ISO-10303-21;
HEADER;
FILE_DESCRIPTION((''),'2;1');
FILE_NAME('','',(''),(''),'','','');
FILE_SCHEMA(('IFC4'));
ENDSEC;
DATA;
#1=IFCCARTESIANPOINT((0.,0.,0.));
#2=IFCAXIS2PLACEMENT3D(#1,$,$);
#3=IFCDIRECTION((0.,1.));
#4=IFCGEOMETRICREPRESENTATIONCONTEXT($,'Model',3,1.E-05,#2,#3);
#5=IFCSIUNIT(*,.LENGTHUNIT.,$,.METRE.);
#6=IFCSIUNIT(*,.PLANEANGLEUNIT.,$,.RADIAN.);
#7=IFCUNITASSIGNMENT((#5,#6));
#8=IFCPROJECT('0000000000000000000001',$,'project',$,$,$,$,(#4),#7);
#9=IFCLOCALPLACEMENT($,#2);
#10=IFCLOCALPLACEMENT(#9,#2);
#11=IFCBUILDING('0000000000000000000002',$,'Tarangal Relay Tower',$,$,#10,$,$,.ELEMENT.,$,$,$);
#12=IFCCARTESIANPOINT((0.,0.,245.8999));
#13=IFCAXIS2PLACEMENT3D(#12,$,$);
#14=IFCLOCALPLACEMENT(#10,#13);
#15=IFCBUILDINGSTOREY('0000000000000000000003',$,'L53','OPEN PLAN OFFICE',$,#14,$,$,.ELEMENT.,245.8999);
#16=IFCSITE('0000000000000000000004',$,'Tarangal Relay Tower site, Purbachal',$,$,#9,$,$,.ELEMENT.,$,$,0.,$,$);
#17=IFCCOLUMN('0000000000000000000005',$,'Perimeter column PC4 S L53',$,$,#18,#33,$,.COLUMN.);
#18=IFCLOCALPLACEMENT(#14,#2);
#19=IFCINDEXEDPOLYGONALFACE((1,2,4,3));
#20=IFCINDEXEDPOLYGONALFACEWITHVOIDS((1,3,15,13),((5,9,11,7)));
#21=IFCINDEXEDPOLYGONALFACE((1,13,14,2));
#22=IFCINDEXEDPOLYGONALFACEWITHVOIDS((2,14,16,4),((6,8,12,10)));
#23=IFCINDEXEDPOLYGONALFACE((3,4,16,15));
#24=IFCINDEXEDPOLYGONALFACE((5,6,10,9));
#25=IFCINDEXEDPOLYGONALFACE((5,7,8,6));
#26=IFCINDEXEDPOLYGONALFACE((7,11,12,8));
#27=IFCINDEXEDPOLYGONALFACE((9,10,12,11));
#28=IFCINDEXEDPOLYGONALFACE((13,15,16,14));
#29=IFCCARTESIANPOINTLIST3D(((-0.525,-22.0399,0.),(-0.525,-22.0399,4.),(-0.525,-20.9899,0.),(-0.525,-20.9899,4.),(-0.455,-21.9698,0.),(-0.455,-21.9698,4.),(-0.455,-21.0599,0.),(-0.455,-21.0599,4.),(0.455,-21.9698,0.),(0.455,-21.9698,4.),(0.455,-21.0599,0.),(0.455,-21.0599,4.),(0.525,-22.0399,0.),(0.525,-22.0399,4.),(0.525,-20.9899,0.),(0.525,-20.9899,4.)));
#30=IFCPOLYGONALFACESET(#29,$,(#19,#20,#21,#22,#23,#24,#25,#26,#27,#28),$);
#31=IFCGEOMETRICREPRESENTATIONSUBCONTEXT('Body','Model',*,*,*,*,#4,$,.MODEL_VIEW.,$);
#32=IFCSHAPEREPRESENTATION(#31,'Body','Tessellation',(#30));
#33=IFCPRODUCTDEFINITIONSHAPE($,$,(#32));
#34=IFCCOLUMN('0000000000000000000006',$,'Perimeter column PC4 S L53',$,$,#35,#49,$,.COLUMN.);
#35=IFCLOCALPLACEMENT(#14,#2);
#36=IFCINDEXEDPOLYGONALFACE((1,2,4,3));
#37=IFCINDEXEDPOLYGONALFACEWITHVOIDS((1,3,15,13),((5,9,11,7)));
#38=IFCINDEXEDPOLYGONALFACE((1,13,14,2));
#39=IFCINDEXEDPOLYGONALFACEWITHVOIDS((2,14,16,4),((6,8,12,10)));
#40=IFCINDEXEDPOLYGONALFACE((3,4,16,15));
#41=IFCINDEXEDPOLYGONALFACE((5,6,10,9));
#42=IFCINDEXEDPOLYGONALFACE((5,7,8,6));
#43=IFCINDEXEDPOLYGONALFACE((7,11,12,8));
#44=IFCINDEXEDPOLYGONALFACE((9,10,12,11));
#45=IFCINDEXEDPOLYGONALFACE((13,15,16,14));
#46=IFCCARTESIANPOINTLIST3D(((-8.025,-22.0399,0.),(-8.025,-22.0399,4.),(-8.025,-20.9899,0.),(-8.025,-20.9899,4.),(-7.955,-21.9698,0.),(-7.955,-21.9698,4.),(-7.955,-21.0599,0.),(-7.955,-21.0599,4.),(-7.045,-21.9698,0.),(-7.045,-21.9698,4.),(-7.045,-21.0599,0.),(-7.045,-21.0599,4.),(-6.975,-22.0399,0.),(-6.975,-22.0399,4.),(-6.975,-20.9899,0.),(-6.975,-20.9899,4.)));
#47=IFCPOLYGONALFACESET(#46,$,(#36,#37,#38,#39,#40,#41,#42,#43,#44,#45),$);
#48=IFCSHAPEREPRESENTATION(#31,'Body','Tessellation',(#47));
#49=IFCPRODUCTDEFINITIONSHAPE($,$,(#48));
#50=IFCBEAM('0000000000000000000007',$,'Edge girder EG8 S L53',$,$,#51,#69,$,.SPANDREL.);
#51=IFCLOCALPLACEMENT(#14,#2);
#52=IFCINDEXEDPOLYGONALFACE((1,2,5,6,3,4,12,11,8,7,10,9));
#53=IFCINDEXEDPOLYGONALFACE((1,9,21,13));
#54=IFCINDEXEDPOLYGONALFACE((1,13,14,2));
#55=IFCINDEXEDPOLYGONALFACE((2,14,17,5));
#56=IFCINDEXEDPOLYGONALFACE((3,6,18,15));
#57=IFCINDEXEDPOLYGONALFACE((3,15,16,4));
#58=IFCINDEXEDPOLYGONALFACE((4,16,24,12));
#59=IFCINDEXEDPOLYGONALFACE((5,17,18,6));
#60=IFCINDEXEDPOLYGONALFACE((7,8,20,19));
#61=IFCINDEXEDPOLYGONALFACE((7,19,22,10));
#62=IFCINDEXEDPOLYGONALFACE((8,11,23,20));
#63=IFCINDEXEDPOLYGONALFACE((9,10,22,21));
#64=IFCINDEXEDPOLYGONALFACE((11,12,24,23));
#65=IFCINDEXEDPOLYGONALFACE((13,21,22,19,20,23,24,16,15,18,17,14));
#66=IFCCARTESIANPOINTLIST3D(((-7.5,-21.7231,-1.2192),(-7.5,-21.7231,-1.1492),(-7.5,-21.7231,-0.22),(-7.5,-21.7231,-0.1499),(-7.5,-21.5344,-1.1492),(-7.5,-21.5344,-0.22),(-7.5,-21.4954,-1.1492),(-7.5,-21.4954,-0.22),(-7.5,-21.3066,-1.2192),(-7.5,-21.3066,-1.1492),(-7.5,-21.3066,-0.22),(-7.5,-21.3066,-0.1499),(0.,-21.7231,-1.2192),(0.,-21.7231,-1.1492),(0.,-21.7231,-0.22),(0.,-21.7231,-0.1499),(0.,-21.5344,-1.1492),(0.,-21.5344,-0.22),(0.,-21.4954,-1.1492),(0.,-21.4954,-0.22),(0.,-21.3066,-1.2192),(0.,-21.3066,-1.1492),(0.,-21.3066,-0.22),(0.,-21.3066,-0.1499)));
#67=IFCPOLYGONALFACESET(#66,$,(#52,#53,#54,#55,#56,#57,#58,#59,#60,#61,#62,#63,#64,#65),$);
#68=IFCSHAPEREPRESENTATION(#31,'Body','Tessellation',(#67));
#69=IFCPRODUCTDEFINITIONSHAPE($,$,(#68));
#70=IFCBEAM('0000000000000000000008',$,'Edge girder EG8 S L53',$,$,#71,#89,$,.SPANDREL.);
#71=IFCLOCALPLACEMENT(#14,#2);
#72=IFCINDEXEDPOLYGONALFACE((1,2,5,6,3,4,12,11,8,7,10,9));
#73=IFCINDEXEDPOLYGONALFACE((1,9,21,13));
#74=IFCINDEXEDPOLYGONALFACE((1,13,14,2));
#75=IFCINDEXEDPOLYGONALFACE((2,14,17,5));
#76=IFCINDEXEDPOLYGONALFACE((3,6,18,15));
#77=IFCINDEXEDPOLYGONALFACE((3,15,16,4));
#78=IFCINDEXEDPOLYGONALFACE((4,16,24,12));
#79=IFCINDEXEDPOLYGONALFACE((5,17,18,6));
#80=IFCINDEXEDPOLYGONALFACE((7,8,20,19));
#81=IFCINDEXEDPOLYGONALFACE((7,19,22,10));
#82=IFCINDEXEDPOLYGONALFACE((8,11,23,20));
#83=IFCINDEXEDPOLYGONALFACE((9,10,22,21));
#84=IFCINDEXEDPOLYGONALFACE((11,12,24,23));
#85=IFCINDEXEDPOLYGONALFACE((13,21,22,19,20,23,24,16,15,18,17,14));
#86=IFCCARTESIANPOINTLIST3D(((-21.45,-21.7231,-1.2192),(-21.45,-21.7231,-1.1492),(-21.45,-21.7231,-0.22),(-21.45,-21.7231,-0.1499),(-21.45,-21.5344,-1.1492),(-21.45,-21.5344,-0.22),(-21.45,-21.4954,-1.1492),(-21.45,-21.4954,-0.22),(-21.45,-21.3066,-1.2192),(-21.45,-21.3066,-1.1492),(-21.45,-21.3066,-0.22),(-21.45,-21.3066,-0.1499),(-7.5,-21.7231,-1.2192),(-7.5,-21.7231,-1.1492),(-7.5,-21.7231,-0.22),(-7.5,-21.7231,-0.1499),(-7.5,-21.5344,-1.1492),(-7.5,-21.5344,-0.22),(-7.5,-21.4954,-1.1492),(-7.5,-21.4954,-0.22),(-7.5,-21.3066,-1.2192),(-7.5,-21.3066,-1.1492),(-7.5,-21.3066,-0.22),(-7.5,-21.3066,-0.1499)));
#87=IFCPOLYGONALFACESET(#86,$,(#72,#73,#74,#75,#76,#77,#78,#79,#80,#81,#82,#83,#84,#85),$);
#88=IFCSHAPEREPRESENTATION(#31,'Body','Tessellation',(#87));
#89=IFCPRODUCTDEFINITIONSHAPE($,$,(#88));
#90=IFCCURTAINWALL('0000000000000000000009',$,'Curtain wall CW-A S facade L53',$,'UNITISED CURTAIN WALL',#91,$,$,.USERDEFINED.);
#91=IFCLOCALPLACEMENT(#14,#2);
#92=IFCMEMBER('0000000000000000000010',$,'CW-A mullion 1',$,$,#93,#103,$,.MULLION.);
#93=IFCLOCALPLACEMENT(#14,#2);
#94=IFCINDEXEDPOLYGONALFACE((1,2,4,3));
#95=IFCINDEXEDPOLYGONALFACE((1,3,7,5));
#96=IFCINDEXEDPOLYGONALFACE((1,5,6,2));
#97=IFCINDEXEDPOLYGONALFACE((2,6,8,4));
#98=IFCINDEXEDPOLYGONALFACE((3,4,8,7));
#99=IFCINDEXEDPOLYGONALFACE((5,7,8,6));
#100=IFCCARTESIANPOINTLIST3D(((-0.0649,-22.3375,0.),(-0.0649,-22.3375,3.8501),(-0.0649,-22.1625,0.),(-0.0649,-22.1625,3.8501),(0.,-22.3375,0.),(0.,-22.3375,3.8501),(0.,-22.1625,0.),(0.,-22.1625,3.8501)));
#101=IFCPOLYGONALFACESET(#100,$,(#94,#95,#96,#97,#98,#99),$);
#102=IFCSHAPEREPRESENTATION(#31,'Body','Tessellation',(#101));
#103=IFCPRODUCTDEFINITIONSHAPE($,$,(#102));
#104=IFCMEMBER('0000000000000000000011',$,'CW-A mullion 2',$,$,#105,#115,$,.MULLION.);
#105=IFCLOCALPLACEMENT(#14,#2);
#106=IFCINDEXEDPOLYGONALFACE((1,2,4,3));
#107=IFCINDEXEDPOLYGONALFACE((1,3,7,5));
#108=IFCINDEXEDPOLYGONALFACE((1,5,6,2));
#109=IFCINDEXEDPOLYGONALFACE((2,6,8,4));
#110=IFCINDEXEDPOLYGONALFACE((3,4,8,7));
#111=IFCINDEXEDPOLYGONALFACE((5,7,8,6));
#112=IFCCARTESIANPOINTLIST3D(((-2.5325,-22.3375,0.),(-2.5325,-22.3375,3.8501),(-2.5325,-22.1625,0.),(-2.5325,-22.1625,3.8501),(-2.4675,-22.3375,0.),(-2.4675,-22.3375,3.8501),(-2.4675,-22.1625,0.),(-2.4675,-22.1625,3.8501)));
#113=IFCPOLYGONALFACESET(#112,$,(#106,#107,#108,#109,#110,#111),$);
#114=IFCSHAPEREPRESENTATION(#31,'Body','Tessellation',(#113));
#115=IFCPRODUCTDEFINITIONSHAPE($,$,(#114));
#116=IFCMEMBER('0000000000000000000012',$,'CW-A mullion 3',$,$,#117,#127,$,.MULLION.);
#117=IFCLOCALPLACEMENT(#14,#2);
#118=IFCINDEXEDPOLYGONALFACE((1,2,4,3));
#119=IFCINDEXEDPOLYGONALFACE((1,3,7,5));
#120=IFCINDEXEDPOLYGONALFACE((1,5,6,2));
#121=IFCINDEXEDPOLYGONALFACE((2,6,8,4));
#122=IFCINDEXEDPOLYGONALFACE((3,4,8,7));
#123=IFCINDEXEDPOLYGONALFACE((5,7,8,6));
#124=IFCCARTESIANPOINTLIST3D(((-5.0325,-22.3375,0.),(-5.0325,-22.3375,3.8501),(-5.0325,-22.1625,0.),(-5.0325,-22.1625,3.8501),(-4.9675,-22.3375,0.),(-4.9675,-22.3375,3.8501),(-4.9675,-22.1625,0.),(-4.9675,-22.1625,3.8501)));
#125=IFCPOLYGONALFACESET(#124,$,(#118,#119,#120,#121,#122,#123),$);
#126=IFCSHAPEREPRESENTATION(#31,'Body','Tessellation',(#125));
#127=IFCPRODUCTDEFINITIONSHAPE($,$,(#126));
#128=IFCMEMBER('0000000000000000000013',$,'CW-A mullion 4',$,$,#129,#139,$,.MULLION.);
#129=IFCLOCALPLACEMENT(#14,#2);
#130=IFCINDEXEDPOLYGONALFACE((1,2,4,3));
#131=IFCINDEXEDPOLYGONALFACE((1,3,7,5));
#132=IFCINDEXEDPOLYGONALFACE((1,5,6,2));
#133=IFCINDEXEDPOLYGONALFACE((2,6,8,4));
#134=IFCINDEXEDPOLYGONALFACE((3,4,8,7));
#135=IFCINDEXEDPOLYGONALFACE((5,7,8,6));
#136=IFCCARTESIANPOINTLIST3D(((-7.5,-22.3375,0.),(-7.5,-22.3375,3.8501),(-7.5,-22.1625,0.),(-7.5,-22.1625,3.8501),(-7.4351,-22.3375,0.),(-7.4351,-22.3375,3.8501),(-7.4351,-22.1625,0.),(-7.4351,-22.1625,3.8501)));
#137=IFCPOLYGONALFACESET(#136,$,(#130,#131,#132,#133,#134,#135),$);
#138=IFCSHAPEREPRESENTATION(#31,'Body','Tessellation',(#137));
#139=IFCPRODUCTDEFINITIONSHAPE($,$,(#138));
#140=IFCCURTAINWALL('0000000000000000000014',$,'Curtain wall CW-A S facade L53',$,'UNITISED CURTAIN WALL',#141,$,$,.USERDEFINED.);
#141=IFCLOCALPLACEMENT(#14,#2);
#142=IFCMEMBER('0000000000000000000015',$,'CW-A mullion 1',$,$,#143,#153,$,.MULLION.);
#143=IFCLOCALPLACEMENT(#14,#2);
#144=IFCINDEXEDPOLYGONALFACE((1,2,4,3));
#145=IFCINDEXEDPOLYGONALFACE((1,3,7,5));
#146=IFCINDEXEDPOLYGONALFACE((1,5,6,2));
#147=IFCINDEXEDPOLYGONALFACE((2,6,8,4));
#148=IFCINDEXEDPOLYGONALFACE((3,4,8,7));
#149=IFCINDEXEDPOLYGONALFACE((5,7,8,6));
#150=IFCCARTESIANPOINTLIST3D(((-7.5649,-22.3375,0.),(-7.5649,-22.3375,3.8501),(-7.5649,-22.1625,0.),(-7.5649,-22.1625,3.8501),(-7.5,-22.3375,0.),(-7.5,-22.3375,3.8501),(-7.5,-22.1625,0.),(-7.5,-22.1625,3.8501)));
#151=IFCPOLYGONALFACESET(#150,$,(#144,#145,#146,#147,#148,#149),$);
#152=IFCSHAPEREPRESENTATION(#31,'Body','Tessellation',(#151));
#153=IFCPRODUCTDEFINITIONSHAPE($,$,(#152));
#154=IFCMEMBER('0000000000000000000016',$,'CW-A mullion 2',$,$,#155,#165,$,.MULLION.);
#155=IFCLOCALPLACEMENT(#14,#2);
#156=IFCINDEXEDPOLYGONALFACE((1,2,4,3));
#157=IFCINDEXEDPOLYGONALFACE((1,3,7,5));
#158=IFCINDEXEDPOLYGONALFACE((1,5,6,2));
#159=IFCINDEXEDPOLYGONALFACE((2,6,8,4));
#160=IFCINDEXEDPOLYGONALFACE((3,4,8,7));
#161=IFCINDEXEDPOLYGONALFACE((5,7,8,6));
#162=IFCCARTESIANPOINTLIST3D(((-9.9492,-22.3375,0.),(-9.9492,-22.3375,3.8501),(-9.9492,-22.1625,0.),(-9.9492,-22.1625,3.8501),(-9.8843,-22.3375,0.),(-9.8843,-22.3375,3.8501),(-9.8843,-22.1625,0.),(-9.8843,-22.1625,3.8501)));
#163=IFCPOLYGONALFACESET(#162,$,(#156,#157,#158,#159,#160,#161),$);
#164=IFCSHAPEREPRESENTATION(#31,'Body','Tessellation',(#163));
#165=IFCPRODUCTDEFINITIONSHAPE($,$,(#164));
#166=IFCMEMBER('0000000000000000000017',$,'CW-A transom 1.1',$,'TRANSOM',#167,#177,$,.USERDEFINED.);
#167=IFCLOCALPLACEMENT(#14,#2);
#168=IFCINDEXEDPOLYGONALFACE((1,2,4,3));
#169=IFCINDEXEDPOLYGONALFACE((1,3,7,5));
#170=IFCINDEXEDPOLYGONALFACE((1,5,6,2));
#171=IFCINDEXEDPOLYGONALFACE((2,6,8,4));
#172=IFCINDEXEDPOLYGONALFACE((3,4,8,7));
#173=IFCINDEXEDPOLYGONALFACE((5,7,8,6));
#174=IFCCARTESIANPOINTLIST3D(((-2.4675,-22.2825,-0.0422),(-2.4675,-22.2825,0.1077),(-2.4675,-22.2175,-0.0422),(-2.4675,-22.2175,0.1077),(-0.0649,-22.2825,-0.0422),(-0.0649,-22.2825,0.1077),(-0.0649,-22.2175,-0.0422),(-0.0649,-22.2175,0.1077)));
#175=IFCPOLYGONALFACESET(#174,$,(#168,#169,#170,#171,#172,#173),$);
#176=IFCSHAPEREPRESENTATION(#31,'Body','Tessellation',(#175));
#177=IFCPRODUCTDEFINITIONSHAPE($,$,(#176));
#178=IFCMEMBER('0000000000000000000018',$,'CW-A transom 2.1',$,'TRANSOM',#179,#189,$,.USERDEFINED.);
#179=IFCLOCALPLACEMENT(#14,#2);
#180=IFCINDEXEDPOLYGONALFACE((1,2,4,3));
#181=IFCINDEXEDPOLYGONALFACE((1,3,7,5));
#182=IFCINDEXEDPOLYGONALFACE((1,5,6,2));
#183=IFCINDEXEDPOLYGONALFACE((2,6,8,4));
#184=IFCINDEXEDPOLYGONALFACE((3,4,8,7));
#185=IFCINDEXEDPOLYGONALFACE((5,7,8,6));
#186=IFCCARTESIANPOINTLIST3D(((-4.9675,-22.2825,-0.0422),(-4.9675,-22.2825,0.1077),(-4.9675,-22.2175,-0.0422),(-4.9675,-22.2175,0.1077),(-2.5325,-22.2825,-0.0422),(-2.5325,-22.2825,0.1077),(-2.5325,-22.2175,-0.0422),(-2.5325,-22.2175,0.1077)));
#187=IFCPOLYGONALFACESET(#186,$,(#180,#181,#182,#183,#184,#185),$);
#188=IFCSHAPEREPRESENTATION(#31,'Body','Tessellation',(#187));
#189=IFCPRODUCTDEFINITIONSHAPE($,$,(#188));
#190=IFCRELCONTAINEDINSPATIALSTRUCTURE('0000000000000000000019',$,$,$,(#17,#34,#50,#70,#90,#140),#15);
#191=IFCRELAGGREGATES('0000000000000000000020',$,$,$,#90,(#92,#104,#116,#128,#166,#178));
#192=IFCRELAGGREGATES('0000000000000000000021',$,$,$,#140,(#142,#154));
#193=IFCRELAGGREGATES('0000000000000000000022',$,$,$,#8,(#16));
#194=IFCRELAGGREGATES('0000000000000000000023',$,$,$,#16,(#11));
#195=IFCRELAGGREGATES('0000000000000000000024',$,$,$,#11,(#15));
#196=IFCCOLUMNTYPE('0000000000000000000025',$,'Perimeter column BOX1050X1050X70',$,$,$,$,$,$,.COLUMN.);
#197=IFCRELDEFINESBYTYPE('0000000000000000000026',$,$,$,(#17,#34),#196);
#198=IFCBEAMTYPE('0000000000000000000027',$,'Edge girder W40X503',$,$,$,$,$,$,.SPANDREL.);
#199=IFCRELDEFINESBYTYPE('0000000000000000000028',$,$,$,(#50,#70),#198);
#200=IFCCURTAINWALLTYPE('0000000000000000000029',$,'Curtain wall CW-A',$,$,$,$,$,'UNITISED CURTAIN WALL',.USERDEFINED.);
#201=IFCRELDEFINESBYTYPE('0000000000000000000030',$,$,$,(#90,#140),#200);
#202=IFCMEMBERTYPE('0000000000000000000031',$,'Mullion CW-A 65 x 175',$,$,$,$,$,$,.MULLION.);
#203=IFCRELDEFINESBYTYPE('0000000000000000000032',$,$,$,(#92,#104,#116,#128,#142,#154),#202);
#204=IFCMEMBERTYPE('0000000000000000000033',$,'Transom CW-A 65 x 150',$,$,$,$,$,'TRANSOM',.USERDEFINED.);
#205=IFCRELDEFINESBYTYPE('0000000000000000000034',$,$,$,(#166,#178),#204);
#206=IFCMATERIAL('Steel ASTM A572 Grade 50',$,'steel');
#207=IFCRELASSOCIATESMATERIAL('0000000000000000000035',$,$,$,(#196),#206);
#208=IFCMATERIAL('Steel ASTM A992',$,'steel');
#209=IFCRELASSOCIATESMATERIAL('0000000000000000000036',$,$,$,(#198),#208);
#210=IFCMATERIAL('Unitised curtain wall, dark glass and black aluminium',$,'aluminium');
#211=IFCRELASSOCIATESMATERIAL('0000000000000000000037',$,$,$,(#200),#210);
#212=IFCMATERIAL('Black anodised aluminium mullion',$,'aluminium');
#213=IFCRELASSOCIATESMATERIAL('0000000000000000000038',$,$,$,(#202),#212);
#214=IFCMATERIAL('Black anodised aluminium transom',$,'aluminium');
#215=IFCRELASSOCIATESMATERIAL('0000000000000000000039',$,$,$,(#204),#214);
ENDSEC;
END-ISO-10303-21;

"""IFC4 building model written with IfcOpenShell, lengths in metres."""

from ifc_helpers import new_model, si_unit, direction, frame, origin, origin_2d, place, context, subcontext, project, spatial, rectangle, hollow_rectangle, i_section, extrude, material, material_profile, profile_set, type_object, element, aggregate, save


model = new_model("IFC4")

# Units and contexts
model_context = context("Model", 3, precision=1e-05, world=origin(), true_north=direction((0.0, 1.0)))
body_context = subcontext(model_context, "Body", "Model", "MODEL_VIEW")
ifc_project = project(units=[si_unit("LENGTHUNIT", "METRE"), si_unit("PLANEANGLEUNIT", "RADIAN")], contexts=[model_context])

# Site, building, storey
site_placement = place(None, origin())
site = spatial("IfcSite", under=ifc_project, at=site_placement, Name="Tarangal Relay Tower site, Purbachal", CompositionType="ELEMENT", RefElevation=0.0)
building_placement = place(site_placement, origin())
building = spatial("IfcBuilding", under=site, at=building_placement, Name="Tarangal Relay Tower", CompositionType="ELEMENT")
storey_placement = place(building_placement, frame((0.0, 0.0, 245.8999)))
storey = spatial("IfcBuildingStorey", under=building, at=storey_placement, Name="L53", Description="OPEN PLAN OFFICE", CompositionType="ELEMENT", Elevation=245.8999)

# Columns
ifc_material_1 = material(Name="Steel ASTM A572 Grade 50", Category="steel")
ifc_material_profile_1 = material_profile(ifc_material_1, hollow_rectangle(XDim=1.05, YDim=1.05, WallThickness=0.0701, at=origin_2d()), Name="BOX1050X1050X70")
ifc_profile_set_1 = profile_set([ifc_material_profile_1], Name="Steel ASTM A572 Grade 50")
column_type = type_object("IfcColumnType", Name="Perimeter column BOX1050X1050X70", PredefinedType="COLUMN", material=ifc_profile_set_1)
for number, where, z_axis, x_axis, name in (
    (1, (0.0, -21.5149, 0.0), (0.0, 0.0, 1.0), (1.0, 0.0, 0.0), "Perimeter column PC4 S L53"),
    (2, (-7.5, -21.5149, 0.0), (0.0, 0.0, 1.0), (1.0, 0.0, 0.0), "Perimeter column PC4 S L53"),
):
    element("IfcColumn", number, at=place(storey_placement, frame(where, z_axis=z_axis, x_axis=x_axis)), inside=storey, type_object=column_type, Name=name, PredefinedType="COLUMN", context=body_context, shape_type="SweptSolid", body=[
        extrude(hollow_rectangle(XDim=1.05, YDim=1.05, WallThickness=0.0701, at=origin_2d()), origin(), (0.0, 0.0, 1.0), 4.0),
    ])

# Beams
ifc_material_2 = material(Name="Steel ASTM A992", Category="steel")
ifc_material_profile_2 = material_profile(ifc_material_2, i_section(OverallWidth=0.4165, OverallDepth=1.0693, WebThickness=0.0391, FlangeThickness=0.0701, at=origin_2d()), Name="W40X503")
ifc_profile_set_2 = profile_set([ifc_material_profile_2], Name="Steel ASTM A992")
beam_type = type_object("IfcBeamType", Name="Edge girder W40X503", PredefinedType="SPANDREL", material=ifc_profile_set_2)
beam_1_placement = place(storey_placement, frame((0.0, -21.5149, -0.6846), z_axis=(-1.0, 0.0, 0.0), x_axis=(0.0, -1.0, 0.0)))
element("IfcBeam", 3, at=beam_1_placement, inside=storey, type_object=beam_type, Name="Edge girder EG8 S L53", PredefinedType="SPANDREL", context=body_context, shape_type="SweptSolid", body=[
    extrude(i_section(OverallWidth=0.4165, OverallDepth=1.0693, WebThickness=0.0391, FlangeThickness=0.0701, at=origin_2d()), origin(), (0.0, 0.0, 1.0), 7.5),
])
beam_2_placement = place(storey_placement, frame((-7.5, -21.5149, -0.6846), z_axis=(-1.0, 0.0, 0.0), x_axis=(0.0, -1.0, 0.0)))
element("IfcBeam", 4, at=beam_2_placement, inside=storey, type_object=beam_type, Name="Edge girder EG8 S L53", PredefinedType="SPANDREL", context=body_context, shape_type="SweptSolid", body=[
    extrude(i_section(OverallWidth=0.4165, OverallDepth=1.0693, WebThickness=0.0391, FlangeThickness=0.0701, at=origin_2d()), origin(), (0.0, 0.0, 1.0), 13.95),
])

# Curtain walls, members
ifc_material_3 = material(Name="Unitised curtain wall, dark glass and black aluminium", Category="aluminium")
curtain_wall_type = type_object("IfcCurtainWallType", Name="Curtain wall CW-A", ElementType="UNITISED CURTAIN WALL", PredefinedType="USERDEFINED", material=ifc_material_3)
curtain_wall_1_placement = place(storey_placement, origin())
curtain_wall_1 = element("IfcCurtainWall", 5, at=curtain_wall_1_placement, inside=storey, type_object=curtain_wall_type, Name="Curtain wall CW-A S facade L53", ObjectType="UNITISED CURTAIN WALL", PredefinedType="USERDEFINED")
ifc_material_4 = material(Name="Black anodised aluminium mullion", Category="aluminium")
ifc_material_profile_3 = material_profile(ifc_material_4, rectangle(XDim=0.175, YDim=0.0649, at=origin_2d()), Name="CW-AM 65X175")
ifc_profile_set_3 = profile_set([ifc_material_profile_3], Name="Black anodised aluminium mullion")
member_type_1 = type_object("IfcMemberType", Name="Mullion CW-A 65 x 175", PredefinedType="MULLION", material=ifc_profile_set_3)
member_1_placement = place(storey_placement, frame((-0.0325, -22.25, 0.0), z_axis=(0.0, 0.0, 1.0), x_axis=(0.0, -1.0, 0.0)))
member_1 = element("IfcMember", 6, at=member_1_placement, type_object=member_type_1, Name="CW-A mullion 1", PredefinedType="MULLION", context=body_context, shape_type="SweptSolid", body=[
    extrude(rectangle(XDim=0.175, YDim=0.0649, at=origin_2d()), origin(), (0.0, 0.0, 1.0), 3.8501),
])
member_2_placement = place(storey_placement, frame((-2.5, -22.25, 0.0), z_axis=(0.0, 0.0, 1.0), x_axis=(0.0, -1.0, 0.0)))
member_2 = element("IfcMember", 7, at=member_2_placement, type_object=member_type_1, Name="CW-A mullion 2", PredefinedType="MULLION", context=body_context, shape_type="SweptSolid", body=[
    extrude(rectangle(XDim=0.175, YDim=0.0649, at=origin_2d()), origin(), (0.0, 0.0, 1.0), 3.8501),
])
member_3_placement = place(storey_placement, frame((-5.0, -22.25, 0.0), z_axis=(0.0, 0.0, 1.0), x_axis=(0.0, -1.0, 0.0)))
member_3 = element("IfcMember", 8, at=member_3_placement, type_object=member_type_1, Name="CW-A mullion 3", PredefinedType="MULLION", context=body_context, shape_type="SweptSolid", body=[
    extrude(rectangle(XDim=0.175, YDim=0.0649, at=origin_2d()), origin(), (0.0, 0.0, 1.0), 3.8501),
])
member_4_placement = place(storey_placement, frame((-7.4675, -22.25, 0.0), z_axis=(0.0, 0.0, 1.0), x_axis=(0.0, -1.0, 0.0)))
member_4 = element("IfcMember", 9, at=member_4_placement, type_object=member_type_1, Name="CW-A mullion 4", PredefinedType="MULLION", context=body_context, shape_type="SweptSolid", body=[
    extrude(rectangle(XDim=0.175, YDim=0.0649, at=origin_2d()), origin(), (0.0, 0.0, 1.0), 3.8501),
])
curtain_wall_2_placement = place(storey_placement, origin())
curtain_wall_2 = element("IfcCurtainWall", 10, at=curtain_wall_2_placement, inside=storey, type_object=curtain_wall_type, Name="Curtain wall CW-A S facade L53", ObjectType="UNITISED CURTAIN WALL", PredefinedType="USERDEFINED")
member_5_placement = place(storey_placement, frame((-7.5325, -22.25, 0.0), z_axis=(0.0, 0.0, 1.0), x_axis=(0.0, -1.0, 0.0)))
member_5 = element("IfcMember", 11, at=member_5_placement, type_object=member_type_1, Name="CW-A mullion 1", PredefinedType="MULLION", context=body_context, shape_type="SweptSolid", body=[
    extrude(rectangle(XDim=0.175, YDim=0.0649, at=origin_2d()), origin(), (0.0, 0.0, 1.0), 3.8501),
])
member_6_placement = place(storey_placement, frame((-9.9167, -22.25, 0.0), z_axis=(0.0, 0.0, 1.0), x_axis=(0.0, -1.0, 0.0)))
member_6 = element("IfcMember", 12, at=member_6_placement, type_object=member_type_1, Name="CW-A mullion 2", PredefinedType="MULLION", context=body_context, shape_type="SweptSolid", body=[
    extrude(rectangle(XDim=0.175, YDim=0.0649, at=origin_2d()), origin(), (0.0, 0.0, 1.0), 3.8501),
])

# Members
ifc_material_5 = material(Name="Black anodised aluminium transom", Category="aluminium")
ifc_material_profile_4 = material_profile(ifc_material_5, rectangle(XDim=0.0649, YDim=0.1499, at=origin_2d()), Name="CW-AT 65X150")
ifc_profile_set_4 = profile_set([ifc_material_profile_4], Name="Black anodised aluminium transom")
member_type_2 = type_object("IfcMemberType", Name="Transom CW-A 65 x 150", ElementType="TRANSOM", PredefinedType="USERDEFINED", material=ifc_profile_set_4)
member_7_placement = place(storey_placement, frame((-0.0649, -22.25, 0.0327), z_axis=(-1.0, 0.0, 0.0), x_axis=(0.0, -1.0, 0.0)))
member_7 = element("IfcMember", 13, at=member_7_placement, type_object=member_type_2, Name="CW-A transom 1.1", ObjectType="TRANSOM", PredefinedType="USERDEFINED", context=body_context, shape_type="SweptSolid", body=[
    extrude(rectangle(XDim=0.0649, YDim=0.1499, at=origin_2d()), origin(), (0.0, 0.0, 1.0), 2.4026),
])
member_8_placement = place(storey_placement, frame((-2.5325, -22.25, 0.0327), z_axis=(-1.0, 0.0, 0.0), x_axis=(0.0, -1.0, 0.0)))
member_8 = element("IfcMember", 14, at=member_8_placement, type_object=member_type_2, Name="CW-A transom 2.1", ObjectType="TRANSOM", PredefinedType="USERDEFINED", context=body_context, shape_type="SweptSolid", body=[
    extrude(rectangle(XDim=0.0649, YDim=0.1499, at=origin_2d()), origin(), (0.0, 0.0, 1.0), 2.4351),
])

aggregate(curtain_wall_1, [member_1, member_2, member_3, member_4, member_7, member_8])
aggregate(curtain_wall_2, [member_5, member_6])

save(model, "model.ifc")
